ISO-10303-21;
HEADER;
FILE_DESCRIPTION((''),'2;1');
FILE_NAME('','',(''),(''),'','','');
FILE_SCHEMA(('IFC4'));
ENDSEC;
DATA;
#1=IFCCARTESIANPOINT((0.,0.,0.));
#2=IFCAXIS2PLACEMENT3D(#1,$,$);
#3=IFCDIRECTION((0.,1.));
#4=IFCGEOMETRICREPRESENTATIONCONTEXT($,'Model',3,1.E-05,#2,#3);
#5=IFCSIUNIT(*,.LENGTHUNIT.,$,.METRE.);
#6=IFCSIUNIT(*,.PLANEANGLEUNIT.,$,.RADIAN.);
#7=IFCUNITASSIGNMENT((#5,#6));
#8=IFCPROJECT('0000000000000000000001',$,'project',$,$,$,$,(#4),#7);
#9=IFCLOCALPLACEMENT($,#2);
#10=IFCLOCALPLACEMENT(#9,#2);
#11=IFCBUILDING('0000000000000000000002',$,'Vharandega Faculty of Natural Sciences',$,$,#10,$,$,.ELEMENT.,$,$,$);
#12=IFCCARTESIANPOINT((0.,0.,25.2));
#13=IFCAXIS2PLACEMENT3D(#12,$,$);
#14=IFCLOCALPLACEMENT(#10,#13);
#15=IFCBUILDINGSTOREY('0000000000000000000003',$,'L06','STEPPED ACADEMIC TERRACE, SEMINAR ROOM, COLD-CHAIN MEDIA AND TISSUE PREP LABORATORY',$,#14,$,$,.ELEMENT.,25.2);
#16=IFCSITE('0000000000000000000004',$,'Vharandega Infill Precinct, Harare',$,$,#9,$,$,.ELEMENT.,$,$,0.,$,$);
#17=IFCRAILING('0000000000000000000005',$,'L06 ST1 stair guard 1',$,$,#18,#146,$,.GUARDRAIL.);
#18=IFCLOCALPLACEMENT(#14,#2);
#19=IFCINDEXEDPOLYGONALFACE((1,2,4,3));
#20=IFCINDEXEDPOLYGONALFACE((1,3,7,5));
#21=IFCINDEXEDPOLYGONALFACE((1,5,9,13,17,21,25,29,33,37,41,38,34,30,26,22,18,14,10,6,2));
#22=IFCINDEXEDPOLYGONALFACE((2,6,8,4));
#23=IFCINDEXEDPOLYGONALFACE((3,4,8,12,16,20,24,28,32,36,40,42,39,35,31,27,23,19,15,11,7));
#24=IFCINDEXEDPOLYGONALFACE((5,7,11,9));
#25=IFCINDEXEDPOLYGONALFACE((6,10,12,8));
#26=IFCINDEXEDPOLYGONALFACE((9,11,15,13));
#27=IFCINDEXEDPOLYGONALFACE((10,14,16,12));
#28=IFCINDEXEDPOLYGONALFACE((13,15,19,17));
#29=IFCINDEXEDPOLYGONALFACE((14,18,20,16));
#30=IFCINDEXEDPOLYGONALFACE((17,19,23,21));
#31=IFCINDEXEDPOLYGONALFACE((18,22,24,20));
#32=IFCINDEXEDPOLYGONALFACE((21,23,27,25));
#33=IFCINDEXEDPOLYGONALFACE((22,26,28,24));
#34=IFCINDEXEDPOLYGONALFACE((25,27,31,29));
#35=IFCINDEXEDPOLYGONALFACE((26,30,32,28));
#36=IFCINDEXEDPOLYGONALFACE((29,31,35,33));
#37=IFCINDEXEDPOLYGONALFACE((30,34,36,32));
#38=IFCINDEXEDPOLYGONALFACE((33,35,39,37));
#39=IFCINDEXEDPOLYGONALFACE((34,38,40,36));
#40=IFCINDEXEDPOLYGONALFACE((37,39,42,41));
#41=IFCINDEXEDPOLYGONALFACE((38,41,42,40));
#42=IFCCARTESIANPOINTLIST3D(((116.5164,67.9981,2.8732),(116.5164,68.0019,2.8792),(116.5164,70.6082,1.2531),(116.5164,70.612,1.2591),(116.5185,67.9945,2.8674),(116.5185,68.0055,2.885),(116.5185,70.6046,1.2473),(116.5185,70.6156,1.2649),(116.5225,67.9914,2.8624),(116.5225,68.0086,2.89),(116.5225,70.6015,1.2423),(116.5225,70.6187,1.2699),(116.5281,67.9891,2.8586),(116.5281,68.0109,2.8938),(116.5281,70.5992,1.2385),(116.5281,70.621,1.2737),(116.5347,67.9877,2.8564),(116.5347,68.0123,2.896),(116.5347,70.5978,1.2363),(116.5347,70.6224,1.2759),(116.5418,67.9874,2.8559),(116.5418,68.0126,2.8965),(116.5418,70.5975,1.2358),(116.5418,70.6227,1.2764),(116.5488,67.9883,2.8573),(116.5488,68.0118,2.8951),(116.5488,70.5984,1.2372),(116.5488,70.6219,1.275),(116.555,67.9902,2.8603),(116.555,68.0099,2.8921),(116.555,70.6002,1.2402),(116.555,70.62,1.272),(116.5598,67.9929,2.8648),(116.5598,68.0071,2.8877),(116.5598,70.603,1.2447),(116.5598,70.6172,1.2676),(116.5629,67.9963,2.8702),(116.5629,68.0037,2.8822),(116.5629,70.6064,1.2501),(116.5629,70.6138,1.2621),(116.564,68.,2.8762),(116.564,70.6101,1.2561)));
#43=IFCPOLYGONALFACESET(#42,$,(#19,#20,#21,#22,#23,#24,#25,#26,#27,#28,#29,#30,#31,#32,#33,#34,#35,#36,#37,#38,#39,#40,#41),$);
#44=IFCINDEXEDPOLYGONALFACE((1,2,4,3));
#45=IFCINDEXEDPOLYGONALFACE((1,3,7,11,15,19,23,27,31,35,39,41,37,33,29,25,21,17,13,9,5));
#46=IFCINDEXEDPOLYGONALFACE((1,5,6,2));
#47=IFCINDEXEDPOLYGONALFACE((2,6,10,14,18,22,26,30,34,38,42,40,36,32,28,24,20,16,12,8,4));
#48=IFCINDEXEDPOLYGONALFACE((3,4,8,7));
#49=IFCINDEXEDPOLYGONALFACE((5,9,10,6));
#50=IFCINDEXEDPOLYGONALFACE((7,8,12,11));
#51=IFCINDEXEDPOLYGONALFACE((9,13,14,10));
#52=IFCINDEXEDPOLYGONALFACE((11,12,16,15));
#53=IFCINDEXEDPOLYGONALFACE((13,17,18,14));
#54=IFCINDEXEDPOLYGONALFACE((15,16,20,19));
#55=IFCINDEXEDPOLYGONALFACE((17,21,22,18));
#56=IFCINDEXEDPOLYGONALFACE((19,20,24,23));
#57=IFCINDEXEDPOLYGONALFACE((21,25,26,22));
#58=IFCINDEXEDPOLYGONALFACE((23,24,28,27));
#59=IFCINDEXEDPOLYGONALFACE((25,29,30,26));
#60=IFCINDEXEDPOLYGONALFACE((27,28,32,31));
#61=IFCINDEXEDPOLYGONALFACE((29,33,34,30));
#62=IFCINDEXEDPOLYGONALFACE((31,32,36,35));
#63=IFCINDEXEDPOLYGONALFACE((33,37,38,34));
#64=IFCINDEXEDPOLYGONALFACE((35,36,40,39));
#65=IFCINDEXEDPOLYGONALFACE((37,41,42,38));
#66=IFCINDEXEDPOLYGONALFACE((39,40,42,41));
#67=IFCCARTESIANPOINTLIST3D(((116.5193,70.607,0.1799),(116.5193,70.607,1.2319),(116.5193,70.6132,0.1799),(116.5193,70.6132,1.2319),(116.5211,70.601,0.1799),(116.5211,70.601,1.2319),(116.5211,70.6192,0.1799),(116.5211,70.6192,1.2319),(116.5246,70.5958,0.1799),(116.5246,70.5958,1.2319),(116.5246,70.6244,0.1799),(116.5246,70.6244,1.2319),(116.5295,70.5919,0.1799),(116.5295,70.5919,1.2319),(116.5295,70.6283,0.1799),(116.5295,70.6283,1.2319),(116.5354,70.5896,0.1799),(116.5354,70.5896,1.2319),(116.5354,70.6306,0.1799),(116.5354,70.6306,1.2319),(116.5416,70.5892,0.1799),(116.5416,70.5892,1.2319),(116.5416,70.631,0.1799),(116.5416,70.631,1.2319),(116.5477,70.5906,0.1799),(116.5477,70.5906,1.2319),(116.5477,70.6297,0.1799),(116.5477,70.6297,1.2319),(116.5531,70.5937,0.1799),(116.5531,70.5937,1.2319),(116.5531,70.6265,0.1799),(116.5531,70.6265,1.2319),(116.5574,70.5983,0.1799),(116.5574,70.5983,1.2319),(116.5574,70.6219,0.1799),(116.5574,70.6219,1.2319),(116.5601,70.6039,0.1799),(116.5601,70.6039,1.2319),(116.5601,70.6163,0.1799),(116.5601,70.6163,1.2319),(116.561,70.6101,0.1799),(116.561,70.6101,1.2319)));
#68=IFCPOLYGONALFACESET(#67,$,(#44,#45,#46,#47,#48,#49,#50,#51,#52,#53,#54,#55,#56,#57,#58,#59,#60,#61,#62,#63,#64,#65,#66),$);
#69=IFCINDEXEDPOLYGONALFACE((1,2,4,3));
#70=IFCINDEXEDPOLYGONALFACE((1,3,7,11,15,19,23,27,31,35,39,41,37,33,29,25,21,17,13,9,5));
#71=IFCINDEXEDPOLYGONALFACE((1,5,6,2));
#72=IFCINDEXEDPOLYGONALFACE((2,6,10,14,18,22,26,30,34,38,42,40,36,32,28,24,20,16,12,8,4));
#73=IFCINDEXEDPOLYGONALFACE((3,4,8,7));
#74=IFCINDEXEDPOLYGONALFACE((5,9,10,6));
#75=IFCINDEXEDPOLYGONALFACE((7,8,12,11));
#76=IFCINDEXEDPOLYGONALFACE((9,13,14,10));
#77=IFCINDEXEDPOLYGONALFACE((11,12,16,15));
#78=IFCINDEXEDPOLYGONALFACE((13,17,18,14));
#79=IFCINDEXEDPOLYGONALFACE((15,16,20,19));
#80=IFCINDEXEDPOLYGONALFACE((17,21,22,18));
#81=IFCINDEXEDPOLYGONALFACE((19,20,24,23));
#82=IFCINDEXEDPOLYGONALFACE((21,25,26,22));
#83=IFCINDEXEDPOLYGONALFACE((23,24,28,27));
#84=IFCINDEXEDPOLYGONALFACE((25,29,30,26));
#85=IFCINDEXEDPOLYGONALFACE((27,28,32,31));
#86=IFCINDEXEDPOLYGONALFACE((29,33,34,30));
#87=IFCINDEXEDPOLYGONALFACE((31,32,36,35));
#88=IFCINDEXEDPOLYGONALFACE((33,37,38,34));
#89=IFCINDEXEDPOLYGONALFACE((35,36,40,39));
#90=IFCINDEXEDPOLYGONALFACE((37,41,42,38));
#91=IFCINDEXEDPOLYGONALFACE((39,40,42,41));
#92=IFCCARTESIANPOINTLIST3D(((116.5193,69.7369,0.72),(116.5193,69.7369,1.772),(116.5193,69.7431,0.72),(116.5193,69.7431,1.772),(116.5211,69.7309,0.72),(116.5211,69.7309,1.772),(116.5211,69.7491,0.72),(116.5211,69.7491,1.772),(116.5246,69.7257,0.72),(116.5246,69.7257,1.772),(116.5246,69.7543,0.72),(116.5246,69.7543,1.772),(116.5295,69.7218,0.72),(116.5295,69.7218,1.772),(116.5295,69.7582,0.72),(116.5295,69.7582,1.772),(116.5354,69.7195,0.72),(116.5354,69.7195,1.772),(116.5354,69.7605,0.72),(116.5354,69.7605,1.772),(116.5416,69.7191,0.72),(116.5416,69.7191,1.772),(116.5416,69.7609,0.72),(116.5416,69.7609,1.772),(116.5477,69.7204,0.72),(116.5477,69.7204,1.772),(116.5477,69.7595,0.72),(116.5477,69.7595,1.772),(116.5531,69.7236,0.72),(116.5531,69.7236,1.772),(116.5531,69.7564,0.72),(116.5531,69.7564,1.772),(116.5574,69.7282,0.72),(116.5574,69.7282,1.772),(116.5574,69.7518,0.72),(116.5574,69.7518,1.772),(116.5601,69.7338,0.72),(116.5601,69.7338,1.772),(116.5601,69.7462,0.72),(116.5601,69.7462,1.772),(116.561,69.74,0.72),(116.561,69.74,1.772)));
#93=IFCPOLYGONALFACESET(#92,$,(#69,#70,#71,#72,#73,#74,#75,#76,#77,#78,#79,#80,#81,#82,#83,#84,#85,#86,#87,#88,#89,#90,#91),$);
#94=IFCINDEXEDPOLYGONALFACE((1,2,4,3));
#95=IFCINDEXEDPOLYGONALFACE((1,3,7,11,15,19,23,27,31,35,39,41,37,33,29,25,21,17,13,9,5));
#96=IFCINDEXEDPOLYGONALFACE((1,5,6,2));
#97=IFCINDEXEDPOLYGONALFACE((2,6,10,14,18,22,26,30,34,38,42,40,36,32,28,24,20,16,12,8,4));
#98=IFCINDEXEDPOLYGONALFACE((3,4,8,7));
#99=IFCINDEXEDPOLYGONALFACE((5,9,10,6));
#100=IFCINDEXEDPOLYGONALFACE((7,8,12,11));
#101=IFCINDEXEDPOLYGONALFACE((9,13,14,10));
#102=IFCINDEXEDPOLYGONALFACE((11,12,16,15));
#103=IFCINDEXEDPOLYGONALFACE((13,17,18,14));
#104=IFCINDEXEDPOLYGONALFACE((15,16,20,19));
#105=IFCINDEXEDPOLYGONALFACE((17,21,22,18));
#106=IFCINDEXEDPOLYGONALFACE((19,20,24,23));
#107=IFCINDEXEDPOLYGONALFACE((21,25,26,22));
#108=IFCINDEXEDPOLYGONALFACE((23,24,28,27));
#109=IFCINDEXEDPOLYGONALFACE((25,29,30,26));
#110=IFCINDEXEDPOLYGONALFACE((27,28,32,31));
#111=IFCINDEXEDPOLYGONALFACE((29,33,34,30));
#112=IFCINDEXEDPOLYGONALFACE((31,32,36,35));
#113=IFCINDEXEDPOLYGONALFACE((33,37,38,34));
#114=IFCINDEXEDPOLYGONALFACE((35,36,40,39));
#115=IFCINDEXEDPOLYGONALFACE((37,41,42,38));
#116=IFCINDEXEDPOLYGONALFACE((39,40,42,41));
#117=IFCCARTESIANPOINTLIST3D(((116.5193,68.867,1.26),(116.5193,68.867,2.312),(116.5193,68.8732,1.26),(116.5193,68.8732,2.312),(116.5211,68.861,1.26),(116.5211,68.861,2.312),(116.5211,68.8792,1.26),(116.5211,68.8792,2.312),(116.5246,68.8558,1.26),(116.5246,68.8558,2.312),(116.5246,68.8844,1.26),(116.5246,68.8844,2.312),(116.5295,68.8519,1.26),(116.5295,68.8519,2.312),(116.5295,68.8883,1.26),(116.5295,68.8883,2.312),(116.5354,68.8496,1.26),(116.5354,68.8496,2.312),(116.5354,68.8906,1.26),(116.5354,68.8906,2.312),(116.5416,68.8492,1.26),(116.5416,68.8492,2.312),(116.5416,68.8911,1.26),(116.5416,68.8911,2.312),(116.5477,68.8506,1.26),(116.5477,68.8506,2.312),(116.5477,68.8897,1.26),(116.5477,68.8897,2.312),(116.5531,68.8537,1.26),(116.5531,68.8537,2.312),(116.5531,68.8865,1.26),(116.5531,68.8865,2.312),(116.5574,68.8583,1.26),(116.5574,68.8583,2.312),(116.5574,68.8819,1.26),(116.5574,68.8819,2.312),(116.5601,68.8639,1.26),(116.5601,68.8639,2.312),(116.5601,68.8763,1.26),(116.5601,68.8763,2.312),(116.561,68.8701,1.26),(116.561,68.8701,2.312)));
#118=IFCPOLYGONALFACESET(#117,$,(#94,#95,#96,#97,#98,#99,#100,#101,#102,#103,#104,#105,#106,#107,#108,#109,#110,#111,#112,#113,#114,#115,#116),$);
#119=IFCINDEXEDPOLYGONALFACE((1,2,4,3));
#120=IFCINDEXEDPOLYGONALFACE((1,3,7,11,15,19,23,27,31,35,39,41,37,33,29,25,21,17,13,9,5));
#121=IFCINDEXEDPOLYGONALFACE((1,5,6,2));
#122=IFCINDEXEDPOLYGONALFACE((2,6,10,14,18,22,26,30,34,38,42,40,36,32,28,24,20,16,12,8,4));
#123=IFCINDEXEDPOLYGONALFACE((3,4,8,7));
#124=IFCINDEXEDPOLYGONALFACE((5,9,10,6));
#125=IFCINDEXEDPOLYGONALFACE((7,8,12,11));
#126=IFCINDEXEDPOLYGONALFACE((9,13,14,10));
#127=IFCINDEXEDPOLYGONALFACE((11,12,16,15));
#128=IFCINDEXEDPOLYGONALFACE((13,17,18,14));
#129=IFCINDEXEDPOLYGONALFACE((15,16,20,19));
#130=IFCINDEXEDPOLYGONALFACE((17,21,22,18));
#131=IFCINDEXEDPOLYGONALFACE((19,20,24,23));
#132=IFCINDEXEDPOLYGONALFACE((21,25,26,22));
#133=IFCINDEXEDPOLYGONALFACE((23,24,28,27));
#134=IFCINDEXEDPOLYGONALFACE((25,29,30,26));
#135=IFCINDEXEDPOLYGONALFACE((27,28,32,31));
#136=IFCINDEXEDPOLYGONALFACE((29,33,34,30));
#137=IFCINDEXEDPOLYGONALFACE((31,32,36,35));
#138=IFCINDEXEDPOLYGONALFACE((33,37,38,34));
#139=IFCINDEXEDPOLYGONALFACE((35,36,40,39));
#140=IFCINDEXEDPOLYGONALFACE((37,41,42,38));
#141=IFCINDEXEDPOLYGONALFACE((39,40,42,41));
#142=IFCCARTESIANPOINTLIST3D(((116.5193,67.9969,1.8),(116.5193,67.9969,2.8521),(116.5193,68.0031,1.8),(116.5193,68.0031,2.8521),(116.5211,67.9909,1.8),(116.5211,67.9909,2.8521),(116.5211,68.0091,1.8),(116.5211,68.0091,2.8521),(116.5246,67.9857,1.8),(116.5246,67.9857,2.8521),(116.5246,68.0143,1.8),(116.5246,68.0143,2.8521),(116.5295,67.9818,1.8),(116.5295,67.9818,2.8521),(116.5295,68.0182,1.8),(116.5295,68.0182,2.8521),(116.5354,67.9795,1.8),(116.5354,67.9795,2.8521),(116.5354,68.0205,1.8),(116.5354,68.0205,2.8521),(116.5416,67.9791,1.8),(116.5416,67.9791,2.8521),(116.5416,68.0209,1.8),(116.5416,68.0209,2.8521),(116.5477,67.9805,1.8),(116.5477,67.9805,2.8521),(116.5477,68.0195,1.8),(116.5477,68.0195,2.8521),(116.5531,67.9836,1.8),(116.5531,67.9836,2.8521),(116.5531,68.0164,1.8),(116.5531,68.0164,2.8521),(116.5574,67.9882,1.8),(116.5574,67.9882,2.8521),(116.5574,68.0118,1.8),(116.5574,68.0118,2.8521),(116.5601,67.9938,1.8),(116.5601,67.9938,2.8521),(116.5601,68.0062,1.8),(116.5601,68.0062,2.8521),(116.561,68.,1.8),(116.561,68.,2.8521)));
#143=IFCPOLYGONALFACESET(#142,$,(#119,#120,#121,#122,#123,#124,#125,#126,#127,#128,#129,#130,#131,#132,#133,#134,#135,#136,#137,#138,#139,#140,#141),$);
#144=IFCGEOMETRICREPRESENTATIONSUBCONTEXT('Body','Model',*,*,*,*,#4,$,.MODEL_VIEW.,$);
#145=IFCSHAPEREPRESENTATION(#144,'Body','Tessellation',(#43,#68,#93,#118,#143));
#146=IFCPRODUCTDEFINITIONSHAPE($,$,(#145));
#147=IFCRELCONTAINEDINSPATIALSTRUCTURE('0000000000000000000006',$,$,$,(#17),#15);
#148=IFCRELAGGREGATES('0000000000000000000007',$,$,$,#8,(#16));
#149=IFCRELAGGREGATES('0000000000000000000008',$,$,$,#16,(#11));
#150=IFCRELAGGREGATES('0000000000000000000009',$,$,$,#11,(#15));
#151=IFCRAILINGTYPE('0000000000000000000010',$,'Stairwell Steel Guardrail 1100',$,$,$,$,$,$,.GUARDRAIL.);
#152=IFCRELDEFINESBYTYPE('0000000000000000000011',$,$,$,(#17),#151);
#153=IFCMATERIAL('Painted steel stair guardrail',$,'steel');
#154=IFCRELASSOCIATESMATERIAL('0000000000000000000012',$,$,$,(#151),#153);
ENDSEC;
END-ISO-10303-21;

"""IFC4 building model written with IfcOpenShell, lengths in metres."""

from ifc_helpers import new_model, si_unit, direction, frame, origin, origin_2d, place, context, subcontext, project, spatial, circle, extrude, material, type_object, element, save


model = new_model("IFC4")

# Units and contexts
model_context = context("Model", 3, precision=1e-05, world=origin(), true_north=direction((0.0, 1.0)))
body_context = subcontext(model_context, "Body", "Model", "MODEL_VIEW")
ifc_project = project(units=[si_unit("LENGTHUNIT", "METRE"), si_unit("PLANEANGLEUNIT", "RADIAN")], contexts=[model_context])

# Site, building, storey
site_placement = place(None, origin())
site = spatial("IfcSite", under=ifc_project, at=site_placement, Name="Vharandega Infill Precinct, Harare", CompositionType="ELEMENT", RefElevation=0.0)
building_placement = place(site_placement, origin())
building = spatial("IfcBuilding", under=site, at=building_placement, Name="Vharandega Faculty of Natural Sciences", CompositionType="ELEMENT")
storey_placement = place(building_placement, frame((0.0, 0.0, 25.2)))
storey = spatial("IfcBuildingStorey", under=building, at=storey_placement, Name="L06", Description="STEPPED ACADEMIC TERRACE, SEMINAR ROOM, COLD-CHAIN MEDIA AND TISSUE PREP LABORATORY", CompositionType="ELEMENT", Elevation=25.2)

# Railing
ifc_material_1 = material(Name="Painted steel stair guardrail", Category="steel")
railing_type_1 = type_object("IfcRailingType", Name="Stairwell Steel Guardrail 1100", PredefinedType="GUARDRAIL", material=ifc_material_1)
railing_1_placement = place(storey_placement, frame((116.54, 70.6101, 0.1799)))
element("IfcRailing", 1, at=railing_1_placement, inside=storey, type_object=railing_type_1, Name="L06 ST1 stair guard 1", PredefinedType="GUARDRAIL", context=body_context, shape_type="SweptSolid", body=[
    extrude(circle(Radius=0.0239, at=origin_2d()), frame((0.0, 0.0, 1.0762), z_axis=(0.0, -0.849633, 0.527375), x_axis=(1.0, 0.0, 0.0)), (0.0, 0.0, 1.0), 3.072),
    extrude(circle(Radius=0.021, at=origin_2d()), origin(), (0.0, 0.0, 1.0), 1.052),
    extrude(circle(Radius=0.021, at=origin_2d()), frame((0.0, -0.8701, 0.54)), (0.0, 0.0, 1.0), 1.052),
    extrude(circle(Radius=0.021, at=origin_2d()), frame((0.0, -1.74, 1.0801)), (0.0, 0.0, 1.0), 1.052),
    extrude(circle(Radius=0.021, at=origin_2d()), frame((0.0, -2.6101, 1.6201)), (0.0, 0.0, 1.0), 1.052),
])

save(model, "model.ifc")
